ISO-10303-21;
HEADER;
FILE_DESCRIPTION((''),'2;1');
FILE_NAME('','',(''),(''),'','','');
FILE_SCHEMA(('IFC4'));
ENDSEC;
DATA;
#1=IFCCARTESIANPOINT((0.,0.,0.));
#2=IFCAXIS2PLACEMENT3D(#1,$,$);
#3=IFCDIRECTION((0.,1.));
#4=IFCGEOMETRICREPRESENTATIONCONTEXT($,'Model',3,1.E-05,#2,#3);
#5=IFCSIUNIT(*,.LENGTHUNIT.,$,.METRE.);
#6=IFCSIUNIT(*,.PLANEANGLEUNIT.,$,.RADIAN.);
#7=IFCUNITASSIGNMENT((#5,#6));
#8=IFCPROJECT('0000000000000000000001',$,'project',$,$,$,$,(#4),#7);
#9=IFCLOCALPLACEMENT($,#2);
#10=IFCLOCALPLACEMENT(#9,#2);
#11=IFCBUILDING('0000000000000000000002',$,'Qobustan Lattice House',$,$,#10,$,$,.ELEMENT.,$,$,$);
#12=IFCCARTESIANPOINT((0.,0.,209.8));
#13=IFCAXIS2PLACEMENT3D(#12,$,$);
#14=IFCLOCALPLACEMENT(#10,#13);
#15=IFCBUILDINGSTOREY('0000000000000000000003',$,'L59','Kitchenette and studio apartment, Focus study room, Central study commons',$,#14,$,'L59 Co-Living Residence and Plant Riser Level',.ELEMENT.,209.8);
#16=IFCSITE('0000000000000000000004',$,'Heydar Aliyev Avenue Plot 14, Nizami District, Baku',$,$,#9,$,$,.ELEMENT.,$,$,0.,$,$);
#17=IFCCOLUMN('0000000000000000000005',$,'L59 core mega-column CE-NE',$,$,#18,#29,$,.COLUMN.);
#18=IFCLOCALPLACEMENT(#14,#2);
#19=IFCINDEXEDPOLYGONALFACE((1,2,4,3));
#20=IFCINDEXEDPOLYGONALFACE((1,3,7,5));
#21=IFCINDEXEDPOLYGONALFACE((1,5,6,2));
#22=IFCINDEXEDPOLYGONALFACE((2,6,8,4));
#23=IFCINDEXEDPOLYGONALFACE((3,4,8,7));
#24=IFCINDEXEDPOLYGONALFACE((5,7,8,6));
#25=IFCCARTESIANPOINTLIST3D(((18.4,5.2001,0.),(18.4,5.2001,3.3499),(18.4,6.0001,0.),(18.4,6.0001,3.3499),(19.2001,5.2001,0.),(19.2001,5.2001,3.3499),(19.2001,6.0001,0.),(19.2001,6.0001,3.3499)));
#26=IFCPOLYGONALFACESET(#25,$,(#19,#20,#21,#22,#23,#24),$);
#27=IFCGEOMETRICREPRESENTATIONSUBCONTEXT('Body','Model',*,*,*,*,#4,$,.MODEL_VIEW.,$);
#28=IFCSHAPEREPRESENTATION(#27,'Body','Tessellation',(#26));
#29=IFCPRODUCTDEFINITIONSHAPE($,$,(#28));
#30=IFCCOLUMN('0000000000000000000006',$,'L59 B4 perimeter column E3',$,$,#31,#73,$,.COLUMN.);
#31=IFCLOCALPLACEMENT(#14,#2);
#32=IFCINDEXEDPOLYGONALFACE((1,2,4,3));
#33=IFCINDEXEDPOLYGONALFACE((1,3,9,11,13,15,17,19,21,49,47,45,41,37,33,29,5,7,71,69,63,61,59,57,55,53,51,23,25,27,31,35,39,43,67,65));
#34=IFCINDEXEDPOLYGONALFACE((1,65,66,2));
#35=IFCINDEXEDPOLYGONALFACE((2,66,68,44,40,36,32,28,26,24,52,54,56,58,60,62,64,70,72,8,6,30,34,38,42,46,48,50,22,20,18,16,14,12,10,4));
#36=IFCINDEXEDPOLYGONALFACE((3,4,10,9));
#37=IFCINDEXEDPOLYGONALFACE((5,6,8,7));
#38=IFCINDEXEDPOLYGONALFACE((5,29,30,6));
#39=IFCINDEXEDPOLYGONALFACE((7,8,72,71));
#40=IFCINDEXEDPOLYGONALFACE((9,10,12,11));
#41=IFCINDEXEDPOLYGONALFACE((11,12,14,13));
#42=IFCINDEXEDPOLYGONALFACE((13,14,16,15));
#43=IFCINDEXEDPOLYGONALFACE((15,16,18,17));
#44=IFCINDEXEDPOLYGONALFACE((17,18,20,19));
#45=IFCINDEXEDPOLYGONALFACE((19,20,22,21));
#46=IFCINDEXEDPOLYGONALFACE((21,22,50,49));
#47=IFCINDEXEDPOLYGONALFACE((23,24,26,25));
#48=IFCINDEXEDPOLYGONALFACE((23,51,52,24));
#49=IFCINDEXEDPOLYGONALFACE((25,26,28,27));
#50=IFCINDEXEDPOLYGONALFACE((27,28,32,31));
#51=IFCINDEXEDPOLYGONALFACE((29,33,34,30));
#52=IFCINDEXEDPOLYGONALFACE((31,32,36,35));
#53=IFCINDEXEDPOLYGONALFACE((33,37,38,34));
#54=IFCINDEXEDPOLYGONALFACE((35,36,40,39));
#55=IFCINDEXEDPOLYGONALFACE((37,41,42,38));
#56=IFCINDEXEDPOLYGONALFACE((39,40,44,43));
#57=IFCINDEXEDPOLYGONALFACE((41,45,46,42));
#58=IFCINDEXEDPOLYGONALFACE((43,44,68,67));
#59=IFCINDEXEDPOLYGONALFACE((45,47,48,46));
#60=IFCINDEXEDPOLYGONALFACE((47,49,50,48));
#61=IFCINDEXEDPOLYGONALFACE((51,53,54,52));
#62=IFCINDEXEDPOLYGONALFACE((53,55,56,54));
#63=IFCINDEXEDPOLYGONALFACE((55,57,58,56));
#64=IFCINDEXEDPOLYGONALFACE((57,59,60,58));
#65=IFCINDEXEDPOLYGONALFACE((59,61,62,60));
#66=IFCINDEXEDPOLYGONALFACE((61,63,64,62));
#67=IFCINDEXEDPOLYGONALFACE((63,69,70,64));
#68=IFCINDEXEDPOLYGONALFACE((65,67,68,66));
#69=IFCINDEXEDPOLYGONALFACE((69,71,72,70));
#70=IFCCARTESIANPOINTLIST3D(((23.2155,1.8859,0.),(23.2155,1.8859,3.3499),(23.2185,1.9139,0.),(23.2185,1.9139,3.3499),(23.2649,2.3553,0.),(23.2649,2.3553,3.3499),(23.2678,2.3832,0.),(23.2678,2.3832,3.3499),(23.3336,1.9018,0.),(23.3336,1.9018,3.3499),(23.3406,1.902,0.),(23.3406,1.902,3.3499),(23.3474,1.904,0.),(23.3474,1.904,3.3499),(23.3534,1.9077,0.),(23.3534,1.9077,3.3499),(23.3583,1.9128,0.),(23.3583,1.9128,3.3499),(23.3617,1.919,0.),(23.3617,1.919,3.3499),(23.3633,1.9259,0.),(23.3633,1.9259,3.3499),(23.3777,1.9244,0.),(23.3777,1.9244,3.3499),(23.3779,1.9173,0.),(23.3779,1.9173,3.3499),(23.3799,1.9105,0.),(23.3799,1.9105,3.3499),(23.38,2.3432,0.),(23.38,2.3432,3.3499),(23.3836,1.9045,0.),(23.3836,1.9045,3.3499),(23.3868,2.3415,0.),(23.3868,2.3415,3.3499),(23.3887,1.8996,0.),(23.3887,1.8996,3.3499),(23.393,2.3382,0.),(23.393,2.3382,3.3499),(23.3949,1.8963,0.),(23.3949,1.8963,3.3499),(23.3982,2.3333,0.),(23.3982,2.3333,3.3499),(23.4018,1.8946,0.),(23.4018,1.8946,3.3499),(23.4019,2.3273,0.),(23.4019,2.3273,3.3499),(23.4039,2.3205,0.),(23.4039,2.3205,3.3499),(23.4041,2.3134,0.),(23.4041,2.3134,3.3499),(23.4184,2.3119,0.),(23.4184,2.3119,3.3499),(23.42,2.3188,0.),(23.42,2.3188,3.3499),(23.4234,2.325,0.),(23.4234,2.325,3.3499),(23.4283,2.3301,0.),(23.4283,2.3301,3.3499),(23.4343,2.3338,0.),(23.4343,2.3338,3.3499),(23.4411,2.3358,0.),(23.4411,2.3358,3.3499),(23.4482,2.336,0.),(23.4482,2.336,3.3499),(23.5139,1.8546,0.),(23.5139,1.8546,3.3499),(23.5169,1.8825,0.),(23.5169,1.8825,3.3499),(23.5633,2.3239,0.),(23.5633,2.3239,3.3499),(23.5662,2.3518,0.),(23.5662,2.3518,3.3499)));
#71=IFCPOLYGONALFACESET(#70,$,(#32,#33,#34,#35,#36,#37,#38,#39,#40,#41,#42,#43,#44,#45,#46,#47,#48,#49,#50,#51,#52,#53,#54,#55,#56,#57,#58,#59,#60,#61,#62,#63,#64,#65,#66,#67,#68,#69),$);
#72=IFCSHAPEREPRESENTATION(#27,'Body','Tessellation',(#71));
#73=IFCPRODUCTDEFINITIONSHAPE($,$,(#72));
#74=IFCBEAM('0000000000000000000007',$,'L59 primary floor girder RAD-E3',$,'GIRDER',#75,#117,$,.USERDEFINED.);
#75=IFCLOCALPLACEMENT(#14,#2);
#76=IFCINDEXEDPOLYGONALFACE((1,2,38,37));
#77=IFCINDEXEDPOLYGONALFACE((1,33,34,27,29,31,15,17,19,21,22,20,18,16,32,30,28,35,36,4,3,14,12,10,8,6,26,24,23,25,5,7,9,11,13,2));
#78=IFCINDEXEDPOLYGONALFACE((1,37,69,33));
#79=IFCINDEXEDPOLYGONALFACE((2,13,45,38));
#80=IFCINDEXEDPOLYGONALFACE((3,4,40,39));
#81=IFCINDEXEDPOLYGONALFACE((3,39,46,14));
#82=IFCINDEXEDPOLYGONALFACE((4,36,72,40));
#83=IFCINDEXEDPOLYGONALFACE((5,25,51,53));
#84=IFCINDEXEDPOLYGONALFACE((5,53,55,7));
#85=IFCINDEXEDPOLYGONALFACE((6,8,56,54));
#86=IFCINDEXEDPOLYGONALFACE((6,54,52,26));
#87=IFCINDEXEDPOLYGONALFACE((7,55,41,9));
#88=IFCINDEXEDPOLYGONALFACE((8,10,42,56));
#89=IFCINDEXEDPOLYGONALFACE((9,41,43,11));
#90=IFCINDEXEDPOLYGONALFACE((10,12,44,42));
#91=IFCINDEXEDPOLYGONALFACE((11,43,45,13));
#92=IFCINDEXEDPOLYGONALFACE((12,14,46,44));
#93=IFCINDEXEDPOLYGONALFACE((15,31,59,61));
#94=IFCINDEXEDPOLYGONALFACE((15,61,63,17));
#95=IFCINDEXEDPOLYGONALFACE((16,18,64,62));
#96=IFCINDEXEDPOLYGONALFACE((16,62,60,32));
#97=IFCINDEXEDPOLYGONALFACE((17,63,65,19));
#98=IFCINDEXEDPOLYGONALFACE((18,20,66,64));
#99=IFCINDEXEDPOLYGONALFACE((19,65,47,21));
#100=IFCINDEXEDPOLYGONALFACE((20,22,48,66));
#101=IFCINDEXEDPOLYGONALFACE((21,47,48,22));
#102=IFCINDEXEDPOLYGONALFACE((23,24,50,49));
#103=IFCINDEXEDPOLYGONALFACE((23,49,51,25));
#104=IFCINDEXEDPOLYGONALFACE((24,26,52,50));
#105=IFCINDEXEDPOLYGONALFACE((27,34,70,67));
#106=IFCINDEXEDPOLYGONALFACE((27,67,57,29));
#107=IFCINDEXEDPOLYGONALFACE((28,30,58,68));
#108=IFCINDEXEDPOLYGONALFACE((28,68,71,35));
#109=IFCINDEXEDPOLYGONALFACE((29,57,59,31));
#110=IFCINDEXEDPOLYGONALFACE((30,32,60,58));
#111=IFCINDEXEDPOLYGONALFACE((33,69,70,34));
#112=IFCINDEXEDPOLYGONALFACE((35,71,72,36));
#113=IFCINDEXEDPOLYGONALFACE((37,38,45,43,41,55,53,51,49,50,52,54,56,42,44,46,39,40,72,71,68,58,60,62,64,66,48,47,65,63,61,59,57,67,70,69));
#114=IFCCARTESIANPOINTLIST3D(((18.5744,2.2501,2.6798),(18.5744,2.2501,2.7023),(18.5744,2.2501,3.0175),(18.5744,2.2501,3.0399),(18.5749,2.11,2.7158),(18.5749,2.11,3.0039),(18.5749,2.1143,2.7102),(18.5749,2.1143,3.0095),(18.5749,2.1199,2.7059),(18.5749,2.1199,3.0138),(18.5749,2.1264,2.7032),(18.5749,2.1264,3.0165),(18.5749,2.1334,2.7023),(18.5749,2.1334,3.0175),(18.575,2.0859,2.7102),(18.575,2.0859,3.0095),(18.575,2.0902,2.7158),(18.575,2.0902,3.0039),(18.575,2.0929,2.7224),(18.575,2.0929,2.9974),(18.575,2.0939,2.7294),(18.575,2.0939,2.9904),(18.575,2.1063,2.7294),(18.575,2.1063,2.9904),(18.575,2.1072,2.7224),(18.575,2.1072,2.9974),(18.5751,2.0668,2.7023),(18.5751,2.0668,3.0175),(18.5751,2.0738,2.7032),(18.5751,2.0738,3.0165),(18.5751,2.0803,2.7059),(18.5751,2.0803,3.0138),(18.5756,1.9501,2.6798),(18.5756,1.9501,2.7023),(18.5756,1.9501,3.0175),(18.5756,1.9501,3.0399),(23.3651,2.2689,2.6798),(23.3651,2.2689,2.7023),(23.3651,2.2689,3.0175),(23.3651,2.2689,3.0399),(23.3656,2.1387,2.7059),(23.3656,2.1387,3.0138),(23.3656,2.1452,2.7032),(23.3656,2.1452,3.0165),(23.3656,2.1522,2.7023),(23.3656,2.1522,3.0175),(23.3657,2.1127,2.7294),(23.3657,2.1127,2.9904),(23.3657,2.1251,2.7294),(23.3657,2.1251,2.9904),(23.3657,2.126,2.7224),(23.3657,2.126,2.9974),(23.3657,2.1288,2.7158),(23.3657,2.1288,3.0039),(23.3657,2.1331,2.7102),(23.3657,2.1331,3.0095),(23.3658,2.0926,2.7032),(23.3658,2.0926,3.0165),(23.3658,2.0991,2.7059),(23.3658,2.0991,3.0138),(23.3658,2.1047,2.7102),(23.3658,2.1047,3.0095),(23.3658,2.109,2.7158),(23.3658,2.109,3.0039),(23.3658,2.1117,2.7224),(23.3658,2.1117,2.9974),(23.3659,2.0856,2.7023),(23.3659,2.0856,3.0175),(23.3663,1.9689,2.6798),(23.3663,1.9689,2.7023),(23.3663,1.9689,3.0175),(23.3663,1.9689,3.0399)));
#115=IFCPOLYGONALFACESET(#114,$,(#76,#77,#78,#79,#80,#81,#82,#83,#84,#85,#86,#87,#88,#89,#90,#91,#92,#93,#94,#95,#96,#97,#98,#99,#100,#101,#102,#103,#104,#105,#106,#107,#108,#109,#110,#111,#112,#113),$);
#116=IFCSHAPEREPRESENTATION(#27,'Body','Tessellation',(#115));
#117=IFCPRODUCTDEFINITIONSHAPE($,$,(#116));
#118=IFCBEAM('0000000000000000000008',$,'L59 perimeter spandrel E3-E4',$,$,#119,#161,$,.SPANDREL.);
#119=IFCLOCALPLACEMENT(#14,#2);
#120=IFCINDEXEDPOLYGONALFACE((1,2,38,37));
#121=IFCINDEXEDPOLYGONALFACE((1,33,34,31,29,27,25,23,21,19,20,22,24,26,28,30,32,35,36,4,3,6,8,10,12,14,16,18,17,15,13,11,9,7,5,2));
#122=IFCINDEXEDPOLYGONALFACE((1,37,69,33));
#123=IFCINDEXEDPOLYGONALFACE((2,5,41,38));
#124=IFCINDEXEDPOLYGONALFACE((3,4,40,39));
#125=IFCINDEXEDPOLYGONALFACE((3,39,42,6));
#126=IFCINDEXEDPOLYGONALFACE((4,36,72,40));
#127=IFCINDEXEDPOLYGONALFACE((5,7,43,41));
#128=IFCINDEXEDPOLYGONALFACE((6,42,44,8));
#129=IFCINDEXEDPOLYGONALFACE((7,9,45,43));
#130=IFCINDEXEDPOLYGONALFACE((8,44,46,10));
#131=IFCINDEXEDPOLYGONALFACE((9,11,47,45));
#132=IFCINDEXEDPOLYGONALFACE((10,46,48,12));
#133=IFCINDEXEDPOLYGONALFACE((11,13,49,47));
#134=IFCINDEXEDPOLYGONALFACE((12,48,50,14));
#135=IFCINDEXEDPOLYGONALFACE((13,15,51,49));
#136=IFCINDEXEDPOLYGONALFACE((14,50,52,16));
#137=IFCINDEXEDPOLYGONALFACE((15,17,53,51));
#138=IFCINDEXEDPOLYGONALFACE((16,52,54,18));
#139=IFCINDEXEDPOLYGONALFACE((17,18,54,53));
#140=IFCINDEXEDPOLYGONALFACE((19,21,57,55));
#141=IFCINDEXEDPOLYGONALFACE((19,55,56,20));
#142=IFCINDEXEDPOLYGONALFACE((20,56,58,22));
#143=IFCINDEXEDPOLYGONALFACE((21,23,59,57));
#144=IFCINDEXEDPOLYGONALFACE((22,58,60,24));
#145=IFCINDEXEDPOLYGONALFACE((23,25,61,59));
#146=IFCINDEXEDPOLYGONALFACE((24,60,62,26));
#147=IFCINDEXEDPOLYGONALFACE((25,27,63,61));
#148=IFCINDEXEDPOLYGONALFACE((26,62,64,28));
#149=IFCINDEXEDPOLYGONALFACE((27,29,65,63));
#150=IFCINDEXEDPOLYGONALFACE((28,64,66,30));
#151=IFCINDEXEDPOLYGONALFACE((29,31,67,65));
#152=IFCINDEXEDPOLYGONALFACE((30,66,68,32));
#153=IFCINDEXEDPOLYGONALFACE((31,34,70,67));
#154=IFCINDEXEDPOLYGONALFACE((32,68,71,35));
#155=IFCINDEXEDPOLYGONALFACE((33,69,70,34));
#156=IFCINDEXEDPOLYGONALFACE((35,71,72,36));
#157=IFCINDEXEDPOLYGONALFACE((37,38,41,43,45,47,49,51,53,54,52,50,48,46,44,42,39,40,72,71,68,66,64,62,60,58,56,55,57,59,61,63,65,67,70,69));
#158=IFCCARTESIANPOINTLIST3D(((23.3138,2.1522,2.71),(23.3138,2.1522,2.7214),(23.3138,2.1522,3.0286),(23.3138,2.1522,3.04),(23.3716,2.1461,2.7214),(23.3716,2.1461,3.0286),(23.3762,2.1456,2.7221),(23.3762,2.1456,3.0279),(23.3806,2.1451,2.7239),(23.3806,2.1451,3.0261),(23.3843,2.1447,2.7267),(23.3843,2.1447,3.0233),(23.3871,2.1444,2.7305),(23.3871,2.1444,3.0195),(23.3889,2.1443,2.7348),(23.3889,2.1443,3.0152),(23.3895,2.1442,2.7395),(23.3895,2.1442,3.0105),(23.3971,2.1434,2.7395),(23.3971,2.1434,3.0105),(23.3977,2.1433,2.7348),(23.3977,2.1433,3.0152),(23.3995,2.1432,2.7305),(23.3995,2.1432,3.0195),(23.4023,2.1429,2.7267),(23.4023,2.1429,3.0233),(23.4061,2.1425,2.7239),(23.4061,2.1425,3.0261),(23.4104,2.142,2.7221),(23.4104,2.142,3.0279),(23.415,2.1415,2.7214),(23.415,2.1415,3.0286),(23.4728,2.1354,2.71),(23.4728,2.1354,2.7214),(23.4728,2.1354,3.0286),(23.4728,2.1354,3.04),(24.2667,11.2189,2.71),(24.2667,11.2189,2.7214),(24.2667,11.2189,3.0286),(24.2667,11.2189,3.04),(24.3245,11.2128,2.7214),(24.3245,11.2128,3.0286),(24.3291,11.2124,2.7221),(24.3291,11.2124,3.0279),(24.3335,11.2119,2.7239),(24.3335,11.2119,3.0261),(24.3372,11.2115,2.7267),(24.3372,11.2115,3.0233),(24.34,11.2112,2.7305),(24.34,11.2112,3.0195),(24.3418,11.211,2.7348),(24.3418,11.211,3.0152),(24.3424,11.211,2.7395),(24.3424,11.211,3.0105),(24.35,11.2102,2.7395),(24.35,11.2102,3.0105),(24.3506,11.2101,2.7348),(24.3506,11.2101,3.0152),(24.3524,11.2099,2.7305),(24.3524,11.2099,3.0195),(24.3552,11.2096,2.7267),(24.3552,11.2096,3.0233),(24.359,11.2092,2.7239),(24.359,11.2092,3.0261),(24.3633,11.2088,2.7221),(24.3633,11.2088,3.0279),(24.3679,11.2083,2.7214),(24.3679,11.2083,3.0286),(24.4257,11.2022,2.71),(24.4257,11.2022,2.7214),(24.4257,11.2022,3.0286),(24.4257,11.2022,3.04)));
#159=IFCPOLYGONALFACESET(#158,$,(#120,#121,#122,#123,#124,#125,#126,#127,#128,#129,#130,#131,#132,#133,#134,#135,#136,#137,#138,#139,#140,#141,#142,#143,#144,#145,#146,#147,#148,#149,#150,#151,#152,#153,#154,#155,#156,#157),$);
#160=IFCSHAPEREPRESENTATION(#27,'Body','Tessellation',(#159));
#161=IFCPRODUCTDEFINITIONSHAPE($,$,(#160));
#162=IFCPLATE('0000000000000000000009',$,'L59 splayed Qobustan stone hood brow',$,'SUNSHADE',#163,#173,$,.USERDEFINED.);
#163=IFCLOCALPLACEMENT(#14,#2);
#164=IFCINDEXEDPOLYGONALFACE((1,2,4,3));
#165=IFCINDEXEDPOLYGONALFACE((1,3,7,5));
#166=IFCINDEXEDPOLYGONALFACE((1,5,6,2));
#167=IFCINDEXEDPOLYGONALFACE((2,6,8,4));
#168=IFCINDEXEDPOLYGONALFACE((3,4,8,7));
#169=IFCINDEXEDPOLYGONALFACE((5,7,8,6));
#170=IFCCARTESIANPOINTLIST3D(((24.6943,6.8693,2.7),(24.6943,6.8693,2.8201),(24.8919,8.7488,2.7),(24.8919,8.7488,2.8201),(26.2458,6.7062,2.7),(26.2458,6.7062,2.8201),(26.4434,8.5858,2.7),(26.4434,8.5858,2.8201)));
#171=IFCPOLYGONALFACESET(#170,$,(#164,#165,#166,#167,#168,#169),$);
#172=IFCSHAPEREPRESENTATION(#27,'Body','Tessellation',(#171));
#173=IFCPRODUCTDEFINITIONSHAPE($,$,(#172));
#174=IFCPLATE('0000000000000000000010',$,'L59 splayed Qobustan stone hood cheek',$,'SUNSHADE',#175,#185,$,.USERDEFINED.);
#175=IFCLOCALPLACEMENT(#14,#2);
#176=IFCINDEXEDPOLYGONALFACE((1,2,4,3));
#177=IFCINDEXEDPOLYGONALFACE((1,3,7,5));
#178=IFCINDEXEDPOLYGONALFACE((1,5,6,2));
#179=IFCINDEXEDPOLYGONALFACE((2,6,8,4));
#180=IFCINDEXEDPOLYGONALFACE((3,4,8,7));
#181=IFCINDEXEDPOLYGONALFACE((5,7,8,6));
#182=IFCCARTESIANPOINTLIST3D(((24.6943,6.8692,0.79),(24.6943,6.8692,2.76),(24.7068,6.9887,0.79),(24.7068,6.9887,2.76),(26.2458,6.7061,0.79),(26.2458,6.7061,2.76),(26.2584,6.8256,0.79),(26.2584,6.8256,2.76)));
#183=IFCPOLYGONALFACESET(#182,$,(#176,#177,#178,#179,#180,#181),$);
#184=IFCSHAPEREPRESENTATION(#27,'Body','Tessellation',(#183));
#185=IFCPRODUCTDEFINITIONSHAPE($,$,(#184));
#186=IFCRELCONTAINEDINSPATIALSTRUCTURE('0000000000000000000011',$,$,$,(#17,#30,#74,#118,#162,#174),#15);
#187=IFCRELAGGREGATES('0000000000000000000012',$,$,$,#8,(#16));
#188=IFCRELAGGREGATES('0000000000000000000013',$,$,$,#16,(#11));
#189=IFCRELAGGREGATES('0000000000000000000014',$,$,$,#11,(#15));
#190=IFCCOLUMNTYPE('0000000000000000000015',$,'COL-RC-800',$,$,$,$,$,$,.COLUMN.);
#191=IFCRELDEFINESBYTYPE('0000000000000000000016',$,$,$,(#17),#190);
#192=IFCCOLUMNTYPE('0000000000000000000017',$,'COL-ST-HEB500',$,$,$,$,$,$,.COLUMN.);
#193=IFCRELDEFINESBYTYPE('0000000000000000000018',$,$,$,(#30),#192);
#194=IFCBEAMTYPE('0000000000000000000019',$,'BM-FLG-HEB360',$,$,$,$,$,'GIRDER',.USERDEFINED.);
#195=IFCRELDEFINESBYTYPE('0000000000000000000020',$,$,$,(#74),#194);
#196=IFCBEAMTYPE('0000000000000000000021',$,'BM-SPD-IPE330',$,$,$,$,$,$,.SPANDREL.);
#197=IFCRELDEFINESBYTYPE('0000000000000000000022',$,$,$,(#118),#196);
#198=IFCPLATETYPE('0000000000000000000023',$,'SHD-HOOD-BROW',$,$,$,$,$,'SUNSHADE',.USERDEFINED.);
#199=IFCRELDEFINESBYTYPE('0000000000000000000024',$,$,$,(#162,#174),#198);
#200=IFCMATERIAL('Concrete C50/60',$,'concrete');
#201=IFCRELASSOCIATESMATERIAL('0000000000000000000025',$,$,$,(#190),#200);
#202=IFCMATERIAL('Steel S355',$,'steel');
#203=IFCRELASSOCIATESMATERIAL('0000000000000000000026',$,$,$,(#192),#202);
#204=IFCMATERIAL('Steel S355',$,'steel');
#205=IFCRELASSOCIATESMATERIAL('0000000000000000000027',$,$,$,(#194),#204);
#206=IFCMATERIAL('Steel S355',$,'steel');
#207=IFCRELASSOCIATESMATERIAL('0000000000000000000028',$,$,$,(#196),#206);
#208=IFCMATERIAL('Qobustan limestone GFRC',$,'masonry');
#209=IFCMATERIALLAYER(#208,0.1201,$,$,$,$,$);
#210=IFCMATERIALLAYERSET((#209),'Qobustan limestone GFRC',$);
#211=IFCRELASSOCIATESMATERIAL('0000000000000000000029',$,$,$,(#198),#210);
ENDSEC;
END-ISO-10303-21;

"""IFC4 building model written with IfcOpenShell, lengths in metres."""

from ifc_helpers import new_model, si_unit, direction, frame, origin, origin_2d, place, context, subcontext, project, spatial, rectangle, i_section, extrude, material, layer, layer_set, material_profile, profile_set, type_object, element, save


model = new_model("IFC4")

# Units and contexts
model_context = context("Model", 3, precision=1e-05, world=origin(), true_north=direction((0.0, 1.0)))
body_context = subcontext(model_context, "Body", "Model", "MODEL_VIEW")
ifc_project = project(units=[si_unit("LENGTHUNIT", "METRE"), si_unit("PLANEANGLEUNIT", "RADIAN")], contexts=[model_context])

# Site, building, storey
site_placement = place(None, origin())
site = spatial("IfcSite", under=ifc_project, at=site_placement, Name="Heydar Aliyev Avenue Plot 14, Nizami District, Baku", CompositionType="ELEMENT", RefElevation=0.0)
building_placement = place(site_placement, origin())
building = spatial("IfcBuilding", under=site, at=building_placement, Name="Qobustan Lattice House", CompositionType="ELEMENT")
storey_placement = place(building_placement, frame((0.0, 0.0, 209.8)))
storey = spatial("IfcBuildingStorey", under=building, at=storey_placement, Name="L59", Description="Kitchenette and studio apartment, Focus study room, Central study commons", LongName="L59 Co-Living Residence and Plant Riser Level", CompositionType="ELEMENT", Elevation=209.8)

# Columns
ifc_material_1 = material(Name="Concrete C50/60", Category="concrete")
ifc_material_profile_1 = material_profile(ifc_material_1, rectangle(XDim=0.8, YDim=0.8, at=origin_2d()), Name="RC800x800")
ifc_profile_set_1 = profile_set([ifc_material_profile_1], Name="Concrete C50/60")
column_type_1 = type_object("IfcColumnType", Name="COL-RC-800", PredefinedType="COLUMN", material=ifc_profile_set_1)
column_1_placement = place(storey_placement, frame((18.8, 5.6001, 0.0), z_axis=(0.0, 0.0, 1.0), x_axis=(1.0, 0.0, 0.0)))
element("IfcColumn", 1, at=column_1_placement, inside=storey, type_object=column_type_1, Name="L59 core mega-column CE-NE", PredefinedType="COLUMN", context=body_context, shape_type="SweptSolid", body=[
    extrude(rectangle(XDim=0.8, YDim=0.8, at=origin_2d()), origin(), (0.0, 0.0, 1.0), 3.3499),
])
ifc_material_2 = material(Name="Steel S355", Category="steel")
ifc_material_profile_2 = material_profile(ifc_material_2, i_section(OverallWidth=0.3, OverallDepth=0.5, WebThickness=0.0144, FlangeThickness=0.0281, FilletRadius=0.0271, at=origin_2d()), Name="HEB500")
ifc_profile_set_2 = profile_set([ifc_material_profile_2], Name="Steel S355")
column_type_2 = type_object("IfcColumnType", Name="COL-ST-HEB500", PredefinedType="COLUMN", material=ifc_profile_set_2)
column_2_placement = place(storey_placement, frame((23.3909, 2.1189, 0.0), z_axis=(0.0, 0.0, 1.0), x_axis=(0.994522, -0.104528, 0.0)))
element("IfcColumn", 2, at=column_2_placement, inside=storey, type_object=column_type_2, Name="L59 B4 perimeter column E3", PredefinedType="COLUMN", context=body_context, shape_type="SweptSolid", body=[
    extrude(i_section(OverallWidth=0.3, OverallDepth=0.5, WebThickness=0.0144, FlangeThickness=0.0281, FilletRadius=0.0271, at=origin_2d()), origin(), (0.0, 0.0, 1.0), 3.3499),
])

# Beams
ifc_material_3 = material(Name="Steel S355", Category="steel")
ifc_material_profile_3 = material_profile(ifc_material_3, i_section(OverallWidth=0.3, OverallDepth=0.3601, WebThickness=0.0125, FlangeThickness=0.0225, FilletRadius=0.0271, at=origin_2d()), Name="HEB360")
ifc_profile_set_3 = profile_set([ifc_material_profile_3], Name="Steel S355")
beam_type_1 = type_object("IfcBeamType", Name="BM-FLG-HEB360", ElementType="GIRDER", PredefinedType="USERDEFINED", material=ifc_profile_set_3)
beam_1_placement = place(storey_placement, frame((23.3657, 2.1189, 2.8599), z_axis=(-0.999992, -0.003924, 0.0), x_axis=(0.003924, -0.999992, 0.0)))
element("IfcBeam", 3, at=beam_1_placement, inside=storey, type_object=beam_type_1, Name="L59 primary floor girder RAD-E3", ObjectType="GIRDER", PredefinedType="USERDEFINED", context=body_context, shape_type="SweptSolid", body=[
    extrude(i_section(OverallWidth=0.3, OverallDepth=0.3601, WebThickness=0.0125, FlangeThickness=0.0225, FilletRadius=0.0271, at=origin_2d()), origin(), (0.0, 0.0, 1.0), 4.7908),
])
ifc_material_4 = material(Name="Steel S355", Category="steel")
ifc_material_profile_4 = material_profile(ifc_material_4, i_section(OverallWidth=0.1599, OverallDepth=0.3301, WebThickness=0.0076, FlangeThickness=0.0115, FilletRadius=0.0181, at=origin_2d()), Name="IPE330")
ifc_profile_set_4 = profile_set([ifc_material_profile_4], Name="Steel S355")
beam_type_2 = type_object("IfcBeamType", Name="BM-SPD-IPE330", PredefinedType="SPANDREL", material=ifc_profile_set_4)
beam_2_placement = place(storey_placement, frame((23.3933, 2.1438, 2.875), z_axis=(0.104522, 0.994523, 0.0), x_axis=(-0.994523, 0.104522, 0.0)))
element("IfcBeam", 4, at=beam_2_placement, inside=storey, type_object=beam_type_2, Name="L59 perimeter spandrel E3-E4", PredefinedType="SPANDREL", context=body_context, shape_type="SweptSolid", body=[
    extrude(i_section(OverallWidth=0.1599, OverallDepth=0.3301, WebThickness=0.0076, FlangeThickness=0.0115, FilletRadius=0.0181, at=origin_2d()), origin(), (0.0, 0.0, 1.0), 9.1167),
])

# Plates
ifc_material_5 = material(Name="Qobustan limestone GFRC", Category="masonry")
ifc_layer_1 = layer(ifc_material_5, 0.1201)
ifc_layer_set_1 = layer_set([ifc_layer_1], Name="Qobustan limestone GFRC")
plate_type = type_object("IfcPlateType", Name="SHD-HOOD-BROW", ElementType="SUNSHADE", PredefinedType="USERDEFINED", material=ifc_layer_set_1)
plate_1_placement = place(storey_placement, frame((25.5688, 7.7275, 2.7), z_axis=(0.0, 0.0, 1.0), x_axis=(-0.104528, -0.994522, 0.0)))
element("IfcPlate", 5, at=plate_1_placement, inside=storey, type_object=plate_type, Name="L59 splayed Qobustan stone hood brow", ObjectType="SUNSHADE", PredefinedType="USERDEFINED", context=body_context, shape_type="SweptSolid", body=[
    extrude(rectangle(XDim=1.8899, YDim=1.5601, at=origin_2d()), origin(), (0.0, 0.0, 1.0), 0.1201),
])
plate_2_placement = place(storey_placement, frame((25.4763, 6.8474, 0.79), z_axis=(0.0, 0.0, 1.0), x_axis=(-0.104528, -0.994522, 0.0)))
element("IfcPlate", 6, at=plate_2_placement, inside=storey, type_object=plate_type, Name="L59 splayed Qobustan stone hood cheek", ObjectType="SUNSHADE", PredefinedType="USERDEFINED", context=body_context, shape_type="SweptSolid", body=[
    extrude(rectangle(XDim=0.1201, YDim=1.5601, at=origin_2d()), origin(), (0.0, 0.0, 1.0), 1.97),
])

save(model, "model.ifc")
